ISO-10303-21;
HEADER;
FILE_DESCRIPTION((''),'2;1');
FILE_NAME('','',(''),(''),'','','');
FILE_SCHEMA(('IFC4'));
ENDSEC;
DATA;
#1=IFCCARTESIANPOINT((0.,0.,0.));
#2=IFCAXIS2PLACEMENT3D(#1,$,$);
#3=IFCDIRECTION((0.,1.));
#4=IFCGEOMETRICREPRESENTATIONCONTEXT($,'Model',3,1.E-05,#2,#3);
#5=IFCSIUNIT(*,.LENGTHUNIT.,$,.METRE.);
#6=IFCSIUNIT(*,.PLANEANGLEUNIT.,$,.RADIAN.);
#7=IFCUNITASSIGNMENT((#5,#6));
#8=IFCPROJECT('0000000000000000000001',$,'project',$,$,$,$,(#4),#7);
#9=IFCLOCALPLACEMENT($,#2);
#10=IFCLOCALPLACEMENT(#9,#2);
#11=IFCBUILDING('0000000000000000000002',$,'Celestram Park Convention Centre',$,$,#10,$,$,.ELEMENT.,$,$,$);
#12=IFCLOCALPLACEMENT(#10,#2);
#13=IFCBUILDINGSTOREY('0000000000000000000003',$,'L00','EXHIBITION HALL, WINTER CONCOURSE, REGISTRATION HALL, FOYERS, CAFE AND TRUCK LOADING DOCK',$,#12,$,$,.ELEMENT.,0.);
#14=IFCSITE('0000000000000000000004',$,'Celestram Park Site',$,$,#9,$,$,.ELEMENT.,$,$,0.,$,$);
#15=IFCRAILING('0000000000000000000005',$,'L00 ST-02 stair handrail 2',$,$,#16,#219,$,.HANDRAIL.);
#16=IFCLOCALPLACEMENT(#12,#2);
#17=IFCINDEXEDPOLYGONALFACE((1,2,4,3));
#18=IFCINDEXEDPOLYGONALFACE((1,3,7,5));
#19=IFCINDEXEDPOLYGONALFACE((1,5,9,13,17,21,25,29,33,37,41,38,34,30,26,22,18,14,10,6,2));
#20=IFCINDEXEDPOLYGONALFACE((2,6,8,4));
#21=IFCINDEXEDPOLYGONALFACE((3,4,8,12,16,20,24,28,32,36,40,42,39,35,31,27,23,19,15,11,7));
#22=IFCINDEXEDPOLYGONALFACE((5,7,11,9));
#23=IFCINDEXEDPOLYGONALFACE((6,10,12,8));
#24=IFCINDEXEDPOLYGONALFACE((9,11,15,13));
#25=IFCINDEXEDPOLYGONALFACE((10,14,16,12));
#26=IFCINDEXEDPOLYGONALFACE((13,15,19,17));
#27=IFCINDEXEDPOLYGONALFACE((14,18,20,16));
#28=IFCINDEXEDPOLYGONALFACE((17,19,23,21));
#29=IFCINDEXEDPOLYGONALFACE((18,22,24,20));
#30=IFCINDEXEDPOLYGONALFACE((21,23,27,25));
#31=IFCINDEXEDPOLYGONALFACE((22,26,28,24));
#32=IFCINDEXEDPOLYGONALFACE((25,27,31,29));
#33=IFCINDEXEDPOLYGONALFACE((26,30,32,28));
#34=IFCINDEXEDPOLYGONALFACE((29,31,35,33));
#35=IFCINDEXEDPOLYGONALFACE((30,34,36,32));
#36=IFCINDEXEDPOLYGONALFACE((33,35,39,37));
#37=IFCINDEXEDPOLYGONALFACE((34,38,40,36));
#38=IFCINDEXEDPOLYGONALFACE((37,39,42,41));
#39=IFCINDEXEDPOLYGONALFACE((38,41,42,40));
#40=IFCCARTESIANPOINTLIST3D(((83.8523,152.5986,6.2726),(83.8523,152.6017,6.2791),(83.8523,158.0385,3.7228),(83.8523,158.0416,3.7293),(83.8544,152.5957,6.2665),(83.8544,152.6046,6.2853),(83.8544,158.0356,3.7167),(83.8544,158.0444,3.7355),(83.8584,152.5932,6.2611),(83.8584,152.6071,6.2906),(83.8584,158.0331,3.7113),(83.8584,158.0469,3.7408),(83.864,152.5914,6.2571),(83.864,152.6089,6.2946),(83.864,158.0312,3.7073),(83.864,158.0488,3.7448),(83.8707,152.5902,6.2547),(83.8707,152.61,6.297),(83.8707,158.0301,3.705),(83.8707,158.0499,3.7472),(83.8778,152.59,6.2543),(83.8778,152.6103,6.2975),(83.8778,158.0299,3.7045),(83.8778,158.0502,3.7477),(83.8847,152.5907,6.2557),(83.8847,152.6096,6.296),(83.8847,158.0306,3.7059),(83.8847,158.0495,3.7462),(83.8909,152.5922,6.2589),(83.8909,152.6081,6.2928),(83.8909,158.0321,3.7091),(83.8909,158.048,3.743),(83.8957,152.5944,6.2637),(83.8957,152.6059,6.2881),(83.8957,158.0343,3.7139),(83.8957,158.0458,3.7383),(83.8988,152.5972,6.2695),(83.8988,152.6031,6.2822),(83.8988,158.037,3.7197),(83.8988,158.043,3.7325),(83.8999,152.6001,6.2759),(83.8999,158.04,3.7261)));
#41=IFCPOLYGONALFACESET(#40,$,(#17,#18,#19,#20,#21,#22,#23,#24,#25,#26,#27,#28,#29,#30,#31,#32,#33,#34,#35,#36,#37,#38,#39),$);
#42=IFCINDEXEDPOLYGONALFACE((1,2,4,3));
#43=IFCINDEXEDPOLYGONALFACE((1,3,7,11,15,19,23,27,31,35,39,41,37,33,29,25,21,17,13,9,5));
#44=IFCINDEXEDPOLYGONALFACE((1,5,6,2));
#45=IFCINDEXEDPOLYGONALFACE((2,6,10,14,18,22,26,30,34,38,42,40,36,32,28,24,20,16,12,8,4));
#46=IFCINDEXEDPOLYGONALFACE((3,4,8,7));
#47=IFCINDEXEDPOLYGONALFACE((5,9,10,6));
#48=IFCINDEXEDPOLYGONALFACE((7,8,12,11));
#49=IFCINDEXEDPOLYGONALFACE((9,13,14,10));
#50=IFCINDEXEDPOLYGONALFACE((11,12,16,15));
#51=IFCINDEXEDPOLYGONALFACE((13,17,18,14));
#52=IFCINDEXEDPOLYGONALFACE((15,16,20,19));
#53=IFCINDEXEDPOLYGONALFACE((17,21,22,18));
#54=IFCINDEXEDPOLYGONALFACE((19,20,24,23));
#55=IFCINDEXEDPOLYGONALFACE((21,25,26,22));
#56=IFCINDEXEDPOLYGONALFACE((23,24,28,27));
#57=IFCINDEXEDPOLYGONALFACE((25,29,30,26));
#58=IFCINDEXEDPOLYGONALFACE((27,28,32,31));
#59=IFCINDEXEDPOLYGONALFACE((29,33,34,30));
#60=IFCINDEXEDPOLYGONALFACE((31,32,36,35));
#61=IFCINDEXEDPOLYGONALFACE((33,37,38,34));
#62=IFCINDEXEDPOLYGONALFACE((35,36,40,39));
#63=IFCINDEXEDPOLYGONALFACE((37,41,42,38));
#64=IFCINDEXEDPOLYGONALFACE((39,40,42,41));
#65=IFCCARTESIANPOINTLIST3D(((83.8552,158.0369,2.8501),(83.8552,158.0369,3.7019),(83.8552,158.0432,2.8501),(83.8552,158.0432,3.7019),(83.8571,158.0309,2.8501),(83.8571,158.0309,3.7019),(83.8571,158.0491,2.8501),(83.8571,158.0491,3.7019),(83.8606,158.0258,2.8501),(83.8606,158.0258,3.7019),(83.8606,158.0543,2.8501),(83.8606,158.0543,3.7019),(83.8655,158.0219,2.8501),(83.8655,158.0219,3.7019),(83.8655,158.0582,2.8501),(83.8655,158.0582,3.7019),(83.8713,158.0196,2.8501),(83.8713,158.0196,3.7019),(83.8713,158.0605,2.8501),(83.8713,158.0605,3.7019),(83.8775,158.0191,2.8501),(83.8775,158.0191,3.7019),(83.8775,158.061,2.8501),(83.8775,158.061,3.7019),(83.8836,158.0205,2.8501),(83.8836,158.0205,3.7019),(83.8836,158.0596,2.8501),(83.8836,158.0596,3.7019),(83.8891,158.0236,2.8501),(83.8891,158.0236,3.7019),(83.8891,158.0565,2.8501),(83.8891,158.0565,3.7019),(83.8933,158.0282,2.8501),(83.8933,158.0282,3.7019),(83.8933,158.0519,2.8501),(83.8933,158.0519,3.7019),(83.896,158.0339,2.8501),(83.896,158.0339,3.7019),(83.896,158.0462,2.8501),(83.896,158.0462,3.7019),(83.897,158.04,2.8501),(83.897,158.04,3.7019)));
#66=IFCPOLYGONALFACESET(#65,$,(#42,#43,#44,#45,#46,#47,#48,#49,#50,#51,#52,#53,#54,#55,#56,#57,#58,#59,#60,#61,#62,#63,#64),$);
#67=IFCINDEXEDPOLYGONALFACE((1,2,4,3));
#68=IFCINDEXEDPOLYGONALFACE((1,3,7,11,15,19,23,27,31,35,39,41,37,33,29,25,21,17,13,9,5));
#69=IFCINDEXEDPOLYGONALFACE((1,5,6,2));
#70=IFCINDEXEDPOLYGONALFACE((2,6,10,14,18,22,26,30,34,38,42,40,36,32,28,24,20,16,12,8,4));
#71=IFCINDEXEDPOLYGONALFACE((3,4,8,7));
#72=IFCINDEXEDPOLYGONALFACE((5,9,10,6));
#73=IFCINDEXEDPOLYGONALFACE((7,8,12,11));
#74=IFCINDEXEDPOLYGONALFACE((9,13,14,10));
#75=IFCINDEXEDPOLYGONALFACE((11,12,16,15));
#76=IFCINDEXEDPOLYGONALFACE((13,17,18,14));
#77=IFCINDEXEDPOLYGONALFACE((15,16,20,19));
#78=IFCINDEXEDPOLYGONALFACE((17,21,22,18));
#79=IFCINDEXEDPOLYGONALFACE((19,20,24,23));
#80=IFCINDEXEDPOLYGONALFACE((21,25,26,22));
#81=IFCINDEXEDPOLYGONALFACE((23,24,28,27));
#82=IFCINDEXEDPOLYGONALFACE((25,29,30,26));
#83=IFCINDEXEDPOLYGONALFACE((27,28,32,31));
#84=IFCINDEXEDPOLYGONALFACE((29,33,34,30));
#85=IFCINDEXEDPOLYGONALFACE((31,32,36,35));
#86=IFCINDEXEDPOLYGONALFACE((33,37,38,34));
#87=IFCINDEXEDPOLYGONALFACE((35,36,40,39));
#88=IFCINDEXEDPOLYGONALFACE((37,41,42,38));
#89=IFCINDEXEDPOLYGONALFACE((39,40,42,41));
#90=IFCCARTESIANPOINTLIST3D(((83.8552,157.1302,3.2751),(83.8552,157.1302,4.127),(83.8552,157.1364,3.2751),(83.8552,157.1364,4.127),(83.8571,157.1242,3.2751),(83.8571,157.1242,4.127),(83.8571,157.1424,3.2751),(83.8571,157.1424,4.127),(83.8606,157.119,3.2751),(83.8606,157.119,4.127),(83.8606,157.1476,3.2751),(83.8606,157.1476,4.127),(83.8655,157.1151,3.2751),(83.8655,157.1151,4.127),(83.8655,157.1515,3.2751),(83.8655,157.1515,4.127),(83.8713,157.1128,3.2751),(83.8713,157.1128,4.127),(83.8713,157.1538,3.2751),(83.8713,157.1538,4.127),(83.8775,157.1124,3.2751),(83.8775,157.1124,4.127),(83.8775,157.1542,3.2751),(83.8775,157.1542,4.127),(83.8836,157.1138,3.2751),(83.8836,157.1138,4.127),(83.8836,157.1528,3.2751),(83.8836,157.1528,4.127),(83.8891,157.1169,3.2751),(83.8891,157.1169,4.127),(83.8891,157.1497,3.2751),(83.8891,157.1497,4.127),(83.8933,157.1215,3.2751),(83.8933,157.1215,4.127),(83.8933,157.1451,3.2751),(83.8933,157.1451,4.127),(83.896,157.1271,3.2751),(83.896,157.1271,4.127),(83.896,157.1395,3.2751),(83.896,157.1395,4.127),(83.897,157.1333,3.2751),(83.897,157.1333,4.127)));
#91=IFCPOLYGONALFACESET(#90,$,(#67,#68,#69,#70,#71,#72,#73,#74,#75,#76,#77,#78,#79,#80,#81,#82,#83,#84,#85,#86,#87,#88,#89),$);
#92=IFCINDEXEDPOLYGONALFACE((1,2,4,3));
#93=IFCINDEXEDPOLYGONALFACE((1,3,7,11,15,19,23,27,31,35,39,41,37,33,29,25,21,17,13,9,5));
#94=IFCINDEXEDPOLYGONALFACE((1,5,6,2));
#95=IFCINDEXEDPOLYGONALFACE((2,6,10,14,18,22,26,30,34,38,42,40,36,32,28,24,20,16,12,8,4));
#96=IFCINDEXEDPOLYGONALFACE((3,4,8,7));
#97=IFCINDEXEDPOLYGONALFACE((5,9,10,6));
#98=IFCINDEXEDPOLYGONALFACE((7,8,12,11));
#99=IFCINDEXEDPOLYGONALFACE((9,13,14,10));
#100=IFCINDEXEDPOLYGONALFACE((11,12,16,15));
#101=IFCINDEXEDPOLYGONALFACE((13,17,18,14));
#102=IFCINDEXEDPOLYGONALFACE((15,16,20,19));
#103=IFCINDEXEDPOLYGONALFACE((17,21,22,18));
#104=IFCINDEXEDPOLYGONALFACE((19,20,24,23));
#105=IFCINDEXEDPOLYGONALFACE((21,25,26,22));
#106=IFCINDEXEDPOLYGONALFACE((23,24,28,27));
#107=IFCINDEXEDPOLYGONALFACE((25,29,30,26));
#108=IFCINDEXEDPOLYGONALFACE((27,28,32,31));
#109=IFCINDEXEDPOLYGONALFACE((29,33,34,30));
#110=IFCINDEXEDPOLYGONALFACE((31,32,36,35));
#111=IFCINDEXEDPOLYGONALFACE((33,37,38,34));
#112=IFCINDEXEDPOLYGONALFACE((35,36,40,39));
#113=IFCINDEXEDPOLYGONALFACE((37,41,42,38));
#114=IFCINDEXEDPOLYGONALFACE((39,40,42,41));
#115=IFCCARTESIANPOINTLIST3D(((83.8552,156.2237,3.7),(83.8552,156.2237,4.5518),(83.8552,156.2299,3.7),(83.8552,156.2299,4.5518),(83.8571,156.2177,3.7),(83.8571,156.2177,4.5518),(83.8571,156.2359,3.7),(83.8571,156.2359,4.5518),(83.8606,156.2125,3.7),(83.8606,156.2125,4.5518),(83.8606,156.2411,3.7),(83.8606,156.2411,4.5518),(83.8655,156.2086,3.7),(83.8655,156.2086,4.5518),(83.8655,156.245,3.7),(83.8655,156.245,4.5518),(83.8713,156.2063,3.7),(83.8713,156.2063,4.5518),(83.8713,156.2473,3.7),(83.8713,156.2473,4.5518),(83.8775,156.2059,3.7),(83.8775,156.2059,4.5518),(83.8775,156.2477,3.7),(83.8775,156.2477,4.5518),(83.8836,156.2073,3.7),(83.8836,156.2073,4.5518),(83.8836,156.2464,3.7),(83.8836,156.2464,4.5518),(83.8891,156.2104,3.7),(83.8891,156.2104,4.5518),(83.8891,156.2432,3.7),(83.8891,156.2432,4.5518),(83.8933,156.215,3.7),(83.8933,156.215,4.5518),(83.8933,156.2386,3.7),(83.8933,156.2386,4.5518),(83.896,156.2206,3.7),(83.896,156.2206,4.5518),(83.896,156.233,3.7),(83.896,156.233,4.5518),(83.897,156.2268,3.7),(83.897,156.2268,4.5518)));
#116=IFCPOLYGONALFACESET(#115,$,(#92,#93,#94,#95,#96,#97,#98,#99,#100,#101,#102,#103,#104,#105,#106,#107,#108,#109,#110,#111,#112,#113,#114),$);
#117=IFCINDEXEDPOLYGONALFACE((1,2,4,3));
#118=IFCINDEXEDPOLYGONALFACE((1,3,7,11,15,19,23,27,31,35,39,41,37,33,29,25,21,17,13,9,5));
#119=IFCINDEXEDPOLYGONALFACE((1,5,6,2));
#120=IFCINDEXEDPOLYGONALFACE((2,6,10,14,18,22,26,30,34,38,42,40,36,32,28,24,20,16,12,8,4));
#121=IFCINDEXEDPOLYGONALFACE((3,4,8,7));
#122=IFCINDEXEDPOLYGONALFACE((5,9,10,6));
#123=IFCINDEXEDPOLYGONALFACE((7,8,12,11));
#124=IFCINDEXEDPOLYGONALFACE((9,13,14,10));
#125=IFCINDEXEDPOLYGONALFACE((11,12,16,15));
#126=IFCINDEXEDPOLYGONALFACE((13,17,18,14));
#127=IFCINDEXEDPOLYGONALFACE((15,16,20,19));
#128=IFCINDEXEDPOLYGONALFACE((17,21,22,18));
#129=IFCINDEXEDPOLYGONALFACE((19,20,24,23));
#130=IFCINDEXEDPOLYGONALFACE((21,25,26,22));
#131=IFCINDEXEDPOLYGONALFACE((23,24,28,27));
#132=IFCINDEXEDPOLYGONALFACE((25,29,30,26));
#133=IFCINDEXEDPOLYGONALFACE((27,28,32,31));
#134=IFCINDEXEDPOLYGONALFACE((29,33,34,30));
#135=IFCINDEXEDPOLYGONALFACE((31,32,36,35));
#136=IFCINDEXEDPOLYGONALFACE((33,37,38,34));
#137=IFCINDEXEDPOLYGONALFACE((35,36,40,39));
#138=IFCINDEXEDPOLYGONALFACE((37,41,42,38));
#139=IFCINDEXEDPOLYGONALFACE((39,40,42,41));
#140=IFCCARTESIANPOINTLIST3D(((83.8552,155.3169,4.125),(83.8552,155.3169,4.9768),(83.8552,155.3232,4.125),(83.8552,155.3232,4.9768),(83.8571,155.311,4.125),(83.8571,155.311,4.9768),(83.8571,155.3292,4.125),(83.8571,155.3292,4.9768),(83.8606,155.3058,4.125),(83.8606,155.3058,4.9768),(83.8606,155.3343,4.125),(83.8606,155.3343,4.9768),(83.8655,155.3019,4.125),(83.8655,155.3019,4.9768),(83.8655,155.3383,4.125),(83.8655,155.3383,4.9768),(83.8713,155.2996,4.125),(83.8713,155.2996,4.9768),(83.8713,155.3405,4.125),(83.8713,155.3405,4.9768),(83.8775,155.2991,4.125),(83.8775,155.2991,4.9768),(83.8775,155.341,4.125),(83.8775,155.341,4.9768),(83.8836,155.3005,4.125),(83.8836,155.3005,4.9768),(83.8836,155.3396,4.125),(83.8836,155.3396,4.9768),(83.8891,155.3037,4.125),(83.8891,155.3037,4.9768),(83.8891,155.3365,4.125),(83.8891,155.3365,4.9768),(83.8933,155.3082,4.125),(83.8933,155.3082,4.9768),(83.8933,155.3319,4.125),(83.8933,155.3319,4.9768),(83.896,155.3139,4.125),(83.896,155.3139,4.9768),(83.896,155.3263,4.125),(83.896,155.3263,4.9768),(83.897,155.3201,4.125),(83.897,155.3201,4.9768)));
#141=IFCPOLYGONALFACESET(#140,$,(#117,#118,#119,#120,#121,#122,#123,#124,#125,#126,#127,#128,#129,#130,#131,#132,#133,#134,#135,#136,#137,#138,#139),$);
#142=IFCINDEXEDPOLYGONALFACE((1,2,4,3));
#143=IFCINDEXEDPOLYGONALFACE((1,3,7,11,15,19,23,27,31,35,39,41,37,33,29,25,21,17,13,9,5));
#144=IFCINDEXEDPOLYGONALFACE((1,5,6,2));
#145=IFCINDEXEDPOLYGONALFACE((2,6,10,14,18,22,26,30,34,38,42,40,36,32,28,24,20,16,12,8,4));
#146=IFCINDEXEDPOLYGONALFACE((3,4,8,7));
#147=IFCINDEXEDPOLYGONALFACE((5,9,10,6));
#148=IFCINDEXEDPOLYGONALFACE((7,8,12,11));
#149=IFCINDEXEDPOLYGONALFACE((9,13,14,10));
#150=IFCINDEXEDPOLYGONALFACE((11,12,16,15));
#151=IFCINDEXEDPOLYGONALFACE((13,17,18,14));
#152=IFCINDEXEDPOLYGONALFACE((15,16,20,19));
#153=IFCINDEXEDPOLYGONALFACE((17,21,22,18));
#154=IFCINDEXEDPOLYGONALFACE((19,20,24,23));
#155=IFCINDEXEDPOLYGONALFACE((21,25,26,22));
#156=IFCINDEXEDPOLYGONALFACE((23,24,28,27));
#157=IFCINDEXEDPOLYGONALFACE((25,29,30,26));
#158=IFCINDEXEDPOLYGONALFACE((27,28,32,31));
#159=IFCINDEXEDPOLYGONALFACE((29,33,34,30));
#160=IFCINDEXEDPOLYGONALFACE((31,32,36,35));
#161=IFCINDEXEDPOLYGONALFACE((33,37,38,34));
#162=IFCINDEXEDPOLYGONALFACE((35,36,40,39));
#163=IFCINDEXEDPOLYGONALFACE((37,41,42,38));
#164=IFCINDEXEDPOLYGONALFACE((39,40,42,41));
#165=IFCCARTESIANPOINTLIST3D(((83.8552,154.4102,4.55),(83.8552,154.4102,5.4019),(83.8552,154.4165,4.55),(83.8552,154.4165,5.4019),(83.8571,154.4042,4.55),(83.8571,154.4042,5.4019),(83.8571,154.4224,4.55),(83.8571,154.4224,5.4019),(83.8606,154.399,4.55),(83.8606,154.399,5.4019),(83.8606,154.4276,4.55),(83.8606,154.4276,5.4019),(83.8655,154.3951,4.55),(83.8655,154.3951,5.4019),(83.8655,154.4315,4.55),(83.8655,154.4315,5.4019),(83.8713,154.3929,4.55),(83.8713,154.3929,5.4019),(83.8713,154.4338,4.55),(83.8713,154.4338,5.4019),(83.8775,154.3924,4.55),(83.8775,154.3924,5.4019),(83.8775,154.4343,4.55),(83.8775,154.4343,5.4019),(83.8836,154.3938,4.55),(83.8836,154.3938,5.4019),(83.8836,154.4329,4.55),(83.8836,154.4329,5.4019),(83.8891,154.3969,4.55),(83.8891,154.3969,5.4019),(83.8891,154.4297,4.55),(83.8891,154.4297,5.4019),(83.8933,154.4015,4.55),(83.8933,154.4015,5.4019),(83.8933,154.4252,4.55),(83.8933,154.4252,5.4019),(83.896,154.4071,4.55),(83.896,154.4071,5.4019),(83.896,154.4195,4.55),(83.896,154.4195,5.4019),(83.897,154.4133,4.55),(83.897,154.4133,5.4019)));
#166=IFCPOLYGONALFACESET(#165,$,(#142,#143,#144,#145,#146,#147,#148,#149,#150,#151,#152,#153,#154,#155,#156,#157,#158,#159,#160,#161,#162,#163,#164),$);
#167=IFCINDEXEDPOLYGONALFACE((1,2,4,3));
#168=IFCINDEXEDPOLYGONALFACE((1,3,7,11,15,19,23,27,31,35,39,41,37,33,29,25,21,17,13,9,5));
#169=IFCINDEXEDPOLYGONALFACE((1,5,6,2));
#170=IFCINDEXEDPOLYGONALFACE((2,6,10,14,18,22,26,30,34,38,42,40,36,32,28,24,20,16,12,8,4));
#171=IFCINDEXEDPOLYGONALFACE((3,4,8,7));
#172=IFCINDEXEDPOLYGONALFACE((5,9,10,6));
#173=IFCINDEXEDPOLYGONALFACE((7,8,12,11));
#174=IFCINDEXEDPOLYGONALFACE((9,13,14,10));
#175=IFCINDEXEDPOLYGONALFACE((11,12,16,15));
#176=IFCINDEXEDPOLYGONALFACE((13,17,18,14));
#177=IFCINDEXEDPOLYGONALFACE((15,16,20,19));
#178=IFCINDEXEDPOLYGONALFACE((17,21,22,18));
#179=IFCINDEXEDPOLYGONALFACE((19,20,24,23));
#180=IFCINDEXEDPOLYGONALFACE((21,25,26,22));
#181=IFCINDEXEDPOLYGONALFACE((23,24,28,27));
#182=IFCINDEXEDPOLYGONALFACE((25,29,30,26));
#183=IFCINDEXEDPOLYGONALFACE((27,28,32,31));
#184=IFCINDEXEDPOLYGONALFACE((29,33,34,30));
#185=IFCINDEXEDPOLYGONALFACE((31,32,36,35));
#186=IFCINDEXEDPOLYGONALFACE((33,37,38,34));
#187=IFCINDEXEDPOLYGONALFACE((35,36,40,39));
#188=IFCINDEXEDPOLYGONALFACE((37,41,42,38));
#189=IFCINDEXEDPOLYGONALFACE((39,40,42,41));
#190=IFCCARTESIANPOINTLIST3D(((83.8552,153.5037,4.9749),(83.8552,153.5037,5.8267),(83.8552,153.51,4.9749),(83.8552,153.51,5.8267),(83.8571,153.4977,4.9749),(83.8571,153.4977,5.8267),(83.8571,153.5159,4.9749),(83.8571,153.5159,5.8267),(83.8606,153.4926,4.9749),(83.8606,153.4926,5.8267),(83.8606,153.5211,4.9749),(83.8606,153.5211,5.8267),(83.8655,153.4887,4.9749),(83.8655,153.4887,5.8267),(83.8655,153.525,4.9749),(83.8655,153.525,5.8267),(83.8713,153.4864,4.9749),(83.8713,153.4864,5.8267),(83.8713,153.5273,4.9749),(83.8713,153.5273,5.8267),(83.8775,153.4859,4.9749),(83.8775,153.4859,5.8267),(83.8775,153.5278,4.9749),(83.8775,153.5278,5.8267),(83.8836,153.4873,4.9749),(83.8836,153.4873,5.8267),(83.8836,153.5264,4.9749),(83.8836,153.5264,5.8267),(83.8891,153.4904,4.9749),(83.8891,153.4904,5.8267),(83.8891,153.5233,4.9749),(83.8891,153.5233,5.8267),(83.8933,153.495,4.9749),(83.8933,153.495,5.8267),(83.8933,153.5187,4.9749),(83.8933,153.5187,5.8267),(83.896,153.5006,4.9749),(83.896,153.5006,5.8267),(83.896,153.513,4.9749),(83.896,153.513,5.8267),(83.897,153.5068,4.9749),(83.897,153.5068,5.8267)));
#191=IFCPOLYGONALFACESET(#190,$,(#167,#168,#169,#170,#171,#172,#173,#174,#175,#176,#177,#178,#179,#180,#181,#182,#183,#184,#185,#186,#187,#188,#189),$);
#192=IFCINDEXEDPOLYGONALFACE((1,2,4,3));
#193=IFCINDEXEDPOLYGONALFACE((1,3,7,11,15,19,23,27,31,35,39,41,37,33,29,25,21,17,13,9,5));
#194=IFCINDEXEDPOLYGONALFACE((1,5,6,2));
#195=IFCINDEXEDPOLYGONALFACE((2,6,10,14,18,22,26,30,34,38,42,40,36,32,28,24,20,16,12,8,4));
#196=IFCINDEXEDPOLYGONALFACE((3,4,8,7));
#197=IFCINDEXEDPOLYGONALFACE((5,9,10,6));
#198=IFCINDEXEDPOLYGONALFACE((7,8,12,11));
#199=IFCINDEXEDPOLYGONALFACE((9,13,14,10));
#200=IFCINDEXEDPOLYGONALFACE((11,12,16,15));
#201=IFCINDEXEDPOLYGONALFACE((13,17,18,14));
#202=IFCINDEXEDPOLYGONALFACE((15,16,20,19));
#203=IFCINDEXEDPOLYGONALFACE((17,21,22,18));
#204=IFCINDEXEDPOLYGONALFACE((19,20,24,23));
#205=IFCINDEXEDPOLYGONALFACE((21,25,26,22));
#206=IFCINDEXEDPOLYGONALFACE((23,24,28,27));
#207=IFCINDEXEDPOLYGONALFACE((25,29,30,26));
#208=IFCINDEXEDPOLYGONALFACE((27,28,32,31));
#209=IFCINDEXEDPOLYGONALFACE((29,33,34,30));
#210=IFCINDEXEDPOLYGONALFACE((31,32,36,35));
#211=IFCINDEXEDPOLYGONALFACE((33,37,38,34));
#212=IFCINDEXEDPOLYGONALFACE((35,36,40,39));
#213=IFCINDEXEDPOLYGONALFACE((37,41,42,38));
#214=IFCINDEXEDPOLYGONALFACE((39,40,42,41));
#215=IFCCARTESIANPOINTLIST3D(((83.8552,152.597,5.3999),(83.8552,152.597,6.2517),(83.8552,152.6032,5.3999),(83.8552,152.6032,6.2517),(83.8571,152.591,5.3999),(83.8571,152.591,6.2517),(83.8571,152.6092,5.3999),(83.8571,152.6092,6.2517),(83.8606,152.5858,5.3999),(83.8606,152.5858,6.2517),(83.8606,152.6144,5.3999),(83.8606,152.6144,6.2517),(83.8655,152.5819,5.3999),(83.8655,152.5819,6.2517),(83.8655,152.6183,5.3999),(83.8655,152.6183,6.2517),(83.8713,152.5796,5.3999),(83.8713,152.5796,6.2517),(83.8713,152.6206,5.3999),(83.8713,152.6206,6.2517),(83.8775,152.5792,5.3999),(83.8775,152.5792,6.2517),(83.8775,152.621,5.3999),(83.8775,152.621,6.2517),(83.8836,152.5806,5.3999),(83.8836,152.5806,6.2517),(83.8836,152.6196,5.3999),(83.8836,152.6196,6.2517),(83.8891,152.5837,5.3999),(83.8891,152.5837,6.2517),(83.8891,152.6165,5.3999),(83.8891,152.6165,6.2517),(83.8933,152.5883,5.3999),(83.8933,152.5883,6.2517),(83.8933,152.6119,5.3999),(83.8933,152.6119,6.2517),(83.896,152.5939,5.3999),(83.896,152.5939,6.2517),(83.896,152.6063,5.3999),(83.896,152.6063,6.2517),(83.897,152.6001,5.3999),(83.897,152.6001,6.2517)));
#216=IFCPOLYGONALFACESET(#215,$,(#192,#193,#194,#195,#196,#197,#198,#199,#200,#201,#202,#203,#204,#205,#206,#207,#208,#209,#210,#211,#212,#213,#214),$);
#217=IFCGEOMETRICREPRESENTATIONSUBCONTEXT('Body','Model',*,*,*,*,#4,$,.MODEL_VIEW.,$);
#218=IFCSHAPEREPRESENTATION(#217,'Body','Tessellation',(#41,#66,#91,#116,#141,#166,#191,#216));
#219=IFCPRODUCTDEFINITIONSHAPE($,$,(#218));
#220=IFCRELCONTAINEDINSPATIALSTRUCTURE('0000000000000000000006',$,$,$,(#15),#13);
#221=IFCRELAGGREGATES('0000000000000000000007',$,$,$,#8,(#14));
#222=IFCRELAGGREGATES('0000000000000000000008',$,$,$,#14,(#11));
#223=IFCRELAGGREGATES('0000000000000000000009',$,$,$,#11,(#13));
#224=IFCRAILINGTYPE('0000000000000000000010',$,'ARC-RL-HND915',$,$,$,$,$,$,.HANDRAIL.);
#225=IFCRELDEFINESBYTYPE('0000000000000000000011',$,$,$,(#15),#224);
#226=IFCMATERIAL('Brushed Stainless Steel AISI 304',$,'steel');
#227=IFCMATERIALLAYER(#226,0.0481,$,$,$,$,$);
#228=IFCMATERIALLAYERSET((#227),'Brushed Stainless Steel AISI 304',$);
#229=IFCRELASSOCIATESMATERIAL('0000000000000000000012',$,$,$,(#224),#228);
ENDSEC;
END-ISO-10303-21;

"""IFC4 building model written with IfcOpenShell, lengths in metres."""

from ifc_helpers import new_model, si_unit, direction, frame, origin, origin_2d, place, context, subcontext, project, spatial, circle, extrude, material, layer, layer_set, type_object, element, save


model = new_model("IFC4")

# Units and contexts
model_context = context("Model", 3, precision=1e-05, world=origin(), true_north=direction((0.0, 1.0)))
body_context = subcontext(model_context, "Body", "Model", "MODEL_VIEW")
ifc_project = project(units=[si_unit("LENGTHUNIT", "METRE"), si_unit("PLANEANGLEUNIT", "RADIAN")], contexts=[model_context])

# Site, building, storey
site_placement = place(None, origin())
site = spatial("IfcSite", under=ifc_project, at=site_placement, Name="Celestram Park Site", CompositionType="ELEMENT", RefElevation=0.0)
building_placement = place(site_placement, origin())
building = spatial("IfcBuilding", under=site, at=building_placement, Name="Celestram Park Convention Centre", CompositionType="ELEMENT")
storey_placement = place(building_placement, origin())
storey = spatial("IfcBuildingStorey", under=building, at=storey_placement, Name="L00", Description="EXHIBITION HALL, WINTER CONCOURSE, REGISTRATION HALL, FOYERS, CAFE AND TRUCK LOADING DOCK", CompositionType="ELEMENT", Elevation=0.0)

# Railing
ifc_material_1 = material(Name="Brushed Stainless Steel AISI 304", Category="steel")
ifc_layer_1 = layer(ifc_material_1, 0.0481)
ifc_layer_set_1 = layer_set([ifc_layer_1], Name="Brushed Stainless Steel AISI 304")
railing_type_1 = type_object("IfcRailingType", Name="ARC-RL-HND915", PredefinedType="HANDRAIL", material=ifc_layer_set_1)
railing_1_placement = place(storey_placement, frame((83.876, 158.04, 2.8501)))
element("IfcRailing", 1, at=railing_1_placement, inside=storey, type_object=railing_type_1, Name="L00 ST-02 stair handrail 2", PredefinedType="HANDRAIL", context=body_context, shape_type="SweptSolid", body=[
    extrude(circle(Radius=0.0239, at=origin_2d()), frame((0.0, 0.0, 0.876), z_axis=(0.0, -0.90547, 0.424411), x_axis=(1.0, 0.0, 0.0)), (0.0, 0.0, 1.0), 6.0078),
    extrude(circle(Radius=0.021, at=origin_2d()), origin(), (0.0, 0.0, 1.0), 0.8518),
    extrude(circle(Radius=0.021, at=origin_2d()), frame((0.0, -0.9067, 0.425)), (0.0, 0.0, 1.0), 0.8518),
    extrude(circle(Radius=0.021, at=origin_2d()), frame((0.0, -1.8132, 0.8499)), (0.0, 0.0, 1.0), 0.8518),
    extrude(circle(Radius=0.021, at=origin_2d()), frame((0.0, -2.72, 1.2749)), (0.0, 0.0, 1.0), 0.8518),
    extrude(circle(Radius=0.021, at=origin_2d()), frame((0.0, -3.6267, 1.7)), (0.0, 0.0, 1.0), 0.8518),
    extrude(circle(Radius=0.021, at=origin_2d()), frame((0.0, -4.5332, 2.1248)), (0.0, 0.0, 1.0), 0.8518),
    extrude(circle(Radius=0.021, at=origin_2d()), frame((0.0, -5.4399, 2.5498)), (0.0, 0.0, 1.0), 0.8518),
])

save(model, "model.ifc")
